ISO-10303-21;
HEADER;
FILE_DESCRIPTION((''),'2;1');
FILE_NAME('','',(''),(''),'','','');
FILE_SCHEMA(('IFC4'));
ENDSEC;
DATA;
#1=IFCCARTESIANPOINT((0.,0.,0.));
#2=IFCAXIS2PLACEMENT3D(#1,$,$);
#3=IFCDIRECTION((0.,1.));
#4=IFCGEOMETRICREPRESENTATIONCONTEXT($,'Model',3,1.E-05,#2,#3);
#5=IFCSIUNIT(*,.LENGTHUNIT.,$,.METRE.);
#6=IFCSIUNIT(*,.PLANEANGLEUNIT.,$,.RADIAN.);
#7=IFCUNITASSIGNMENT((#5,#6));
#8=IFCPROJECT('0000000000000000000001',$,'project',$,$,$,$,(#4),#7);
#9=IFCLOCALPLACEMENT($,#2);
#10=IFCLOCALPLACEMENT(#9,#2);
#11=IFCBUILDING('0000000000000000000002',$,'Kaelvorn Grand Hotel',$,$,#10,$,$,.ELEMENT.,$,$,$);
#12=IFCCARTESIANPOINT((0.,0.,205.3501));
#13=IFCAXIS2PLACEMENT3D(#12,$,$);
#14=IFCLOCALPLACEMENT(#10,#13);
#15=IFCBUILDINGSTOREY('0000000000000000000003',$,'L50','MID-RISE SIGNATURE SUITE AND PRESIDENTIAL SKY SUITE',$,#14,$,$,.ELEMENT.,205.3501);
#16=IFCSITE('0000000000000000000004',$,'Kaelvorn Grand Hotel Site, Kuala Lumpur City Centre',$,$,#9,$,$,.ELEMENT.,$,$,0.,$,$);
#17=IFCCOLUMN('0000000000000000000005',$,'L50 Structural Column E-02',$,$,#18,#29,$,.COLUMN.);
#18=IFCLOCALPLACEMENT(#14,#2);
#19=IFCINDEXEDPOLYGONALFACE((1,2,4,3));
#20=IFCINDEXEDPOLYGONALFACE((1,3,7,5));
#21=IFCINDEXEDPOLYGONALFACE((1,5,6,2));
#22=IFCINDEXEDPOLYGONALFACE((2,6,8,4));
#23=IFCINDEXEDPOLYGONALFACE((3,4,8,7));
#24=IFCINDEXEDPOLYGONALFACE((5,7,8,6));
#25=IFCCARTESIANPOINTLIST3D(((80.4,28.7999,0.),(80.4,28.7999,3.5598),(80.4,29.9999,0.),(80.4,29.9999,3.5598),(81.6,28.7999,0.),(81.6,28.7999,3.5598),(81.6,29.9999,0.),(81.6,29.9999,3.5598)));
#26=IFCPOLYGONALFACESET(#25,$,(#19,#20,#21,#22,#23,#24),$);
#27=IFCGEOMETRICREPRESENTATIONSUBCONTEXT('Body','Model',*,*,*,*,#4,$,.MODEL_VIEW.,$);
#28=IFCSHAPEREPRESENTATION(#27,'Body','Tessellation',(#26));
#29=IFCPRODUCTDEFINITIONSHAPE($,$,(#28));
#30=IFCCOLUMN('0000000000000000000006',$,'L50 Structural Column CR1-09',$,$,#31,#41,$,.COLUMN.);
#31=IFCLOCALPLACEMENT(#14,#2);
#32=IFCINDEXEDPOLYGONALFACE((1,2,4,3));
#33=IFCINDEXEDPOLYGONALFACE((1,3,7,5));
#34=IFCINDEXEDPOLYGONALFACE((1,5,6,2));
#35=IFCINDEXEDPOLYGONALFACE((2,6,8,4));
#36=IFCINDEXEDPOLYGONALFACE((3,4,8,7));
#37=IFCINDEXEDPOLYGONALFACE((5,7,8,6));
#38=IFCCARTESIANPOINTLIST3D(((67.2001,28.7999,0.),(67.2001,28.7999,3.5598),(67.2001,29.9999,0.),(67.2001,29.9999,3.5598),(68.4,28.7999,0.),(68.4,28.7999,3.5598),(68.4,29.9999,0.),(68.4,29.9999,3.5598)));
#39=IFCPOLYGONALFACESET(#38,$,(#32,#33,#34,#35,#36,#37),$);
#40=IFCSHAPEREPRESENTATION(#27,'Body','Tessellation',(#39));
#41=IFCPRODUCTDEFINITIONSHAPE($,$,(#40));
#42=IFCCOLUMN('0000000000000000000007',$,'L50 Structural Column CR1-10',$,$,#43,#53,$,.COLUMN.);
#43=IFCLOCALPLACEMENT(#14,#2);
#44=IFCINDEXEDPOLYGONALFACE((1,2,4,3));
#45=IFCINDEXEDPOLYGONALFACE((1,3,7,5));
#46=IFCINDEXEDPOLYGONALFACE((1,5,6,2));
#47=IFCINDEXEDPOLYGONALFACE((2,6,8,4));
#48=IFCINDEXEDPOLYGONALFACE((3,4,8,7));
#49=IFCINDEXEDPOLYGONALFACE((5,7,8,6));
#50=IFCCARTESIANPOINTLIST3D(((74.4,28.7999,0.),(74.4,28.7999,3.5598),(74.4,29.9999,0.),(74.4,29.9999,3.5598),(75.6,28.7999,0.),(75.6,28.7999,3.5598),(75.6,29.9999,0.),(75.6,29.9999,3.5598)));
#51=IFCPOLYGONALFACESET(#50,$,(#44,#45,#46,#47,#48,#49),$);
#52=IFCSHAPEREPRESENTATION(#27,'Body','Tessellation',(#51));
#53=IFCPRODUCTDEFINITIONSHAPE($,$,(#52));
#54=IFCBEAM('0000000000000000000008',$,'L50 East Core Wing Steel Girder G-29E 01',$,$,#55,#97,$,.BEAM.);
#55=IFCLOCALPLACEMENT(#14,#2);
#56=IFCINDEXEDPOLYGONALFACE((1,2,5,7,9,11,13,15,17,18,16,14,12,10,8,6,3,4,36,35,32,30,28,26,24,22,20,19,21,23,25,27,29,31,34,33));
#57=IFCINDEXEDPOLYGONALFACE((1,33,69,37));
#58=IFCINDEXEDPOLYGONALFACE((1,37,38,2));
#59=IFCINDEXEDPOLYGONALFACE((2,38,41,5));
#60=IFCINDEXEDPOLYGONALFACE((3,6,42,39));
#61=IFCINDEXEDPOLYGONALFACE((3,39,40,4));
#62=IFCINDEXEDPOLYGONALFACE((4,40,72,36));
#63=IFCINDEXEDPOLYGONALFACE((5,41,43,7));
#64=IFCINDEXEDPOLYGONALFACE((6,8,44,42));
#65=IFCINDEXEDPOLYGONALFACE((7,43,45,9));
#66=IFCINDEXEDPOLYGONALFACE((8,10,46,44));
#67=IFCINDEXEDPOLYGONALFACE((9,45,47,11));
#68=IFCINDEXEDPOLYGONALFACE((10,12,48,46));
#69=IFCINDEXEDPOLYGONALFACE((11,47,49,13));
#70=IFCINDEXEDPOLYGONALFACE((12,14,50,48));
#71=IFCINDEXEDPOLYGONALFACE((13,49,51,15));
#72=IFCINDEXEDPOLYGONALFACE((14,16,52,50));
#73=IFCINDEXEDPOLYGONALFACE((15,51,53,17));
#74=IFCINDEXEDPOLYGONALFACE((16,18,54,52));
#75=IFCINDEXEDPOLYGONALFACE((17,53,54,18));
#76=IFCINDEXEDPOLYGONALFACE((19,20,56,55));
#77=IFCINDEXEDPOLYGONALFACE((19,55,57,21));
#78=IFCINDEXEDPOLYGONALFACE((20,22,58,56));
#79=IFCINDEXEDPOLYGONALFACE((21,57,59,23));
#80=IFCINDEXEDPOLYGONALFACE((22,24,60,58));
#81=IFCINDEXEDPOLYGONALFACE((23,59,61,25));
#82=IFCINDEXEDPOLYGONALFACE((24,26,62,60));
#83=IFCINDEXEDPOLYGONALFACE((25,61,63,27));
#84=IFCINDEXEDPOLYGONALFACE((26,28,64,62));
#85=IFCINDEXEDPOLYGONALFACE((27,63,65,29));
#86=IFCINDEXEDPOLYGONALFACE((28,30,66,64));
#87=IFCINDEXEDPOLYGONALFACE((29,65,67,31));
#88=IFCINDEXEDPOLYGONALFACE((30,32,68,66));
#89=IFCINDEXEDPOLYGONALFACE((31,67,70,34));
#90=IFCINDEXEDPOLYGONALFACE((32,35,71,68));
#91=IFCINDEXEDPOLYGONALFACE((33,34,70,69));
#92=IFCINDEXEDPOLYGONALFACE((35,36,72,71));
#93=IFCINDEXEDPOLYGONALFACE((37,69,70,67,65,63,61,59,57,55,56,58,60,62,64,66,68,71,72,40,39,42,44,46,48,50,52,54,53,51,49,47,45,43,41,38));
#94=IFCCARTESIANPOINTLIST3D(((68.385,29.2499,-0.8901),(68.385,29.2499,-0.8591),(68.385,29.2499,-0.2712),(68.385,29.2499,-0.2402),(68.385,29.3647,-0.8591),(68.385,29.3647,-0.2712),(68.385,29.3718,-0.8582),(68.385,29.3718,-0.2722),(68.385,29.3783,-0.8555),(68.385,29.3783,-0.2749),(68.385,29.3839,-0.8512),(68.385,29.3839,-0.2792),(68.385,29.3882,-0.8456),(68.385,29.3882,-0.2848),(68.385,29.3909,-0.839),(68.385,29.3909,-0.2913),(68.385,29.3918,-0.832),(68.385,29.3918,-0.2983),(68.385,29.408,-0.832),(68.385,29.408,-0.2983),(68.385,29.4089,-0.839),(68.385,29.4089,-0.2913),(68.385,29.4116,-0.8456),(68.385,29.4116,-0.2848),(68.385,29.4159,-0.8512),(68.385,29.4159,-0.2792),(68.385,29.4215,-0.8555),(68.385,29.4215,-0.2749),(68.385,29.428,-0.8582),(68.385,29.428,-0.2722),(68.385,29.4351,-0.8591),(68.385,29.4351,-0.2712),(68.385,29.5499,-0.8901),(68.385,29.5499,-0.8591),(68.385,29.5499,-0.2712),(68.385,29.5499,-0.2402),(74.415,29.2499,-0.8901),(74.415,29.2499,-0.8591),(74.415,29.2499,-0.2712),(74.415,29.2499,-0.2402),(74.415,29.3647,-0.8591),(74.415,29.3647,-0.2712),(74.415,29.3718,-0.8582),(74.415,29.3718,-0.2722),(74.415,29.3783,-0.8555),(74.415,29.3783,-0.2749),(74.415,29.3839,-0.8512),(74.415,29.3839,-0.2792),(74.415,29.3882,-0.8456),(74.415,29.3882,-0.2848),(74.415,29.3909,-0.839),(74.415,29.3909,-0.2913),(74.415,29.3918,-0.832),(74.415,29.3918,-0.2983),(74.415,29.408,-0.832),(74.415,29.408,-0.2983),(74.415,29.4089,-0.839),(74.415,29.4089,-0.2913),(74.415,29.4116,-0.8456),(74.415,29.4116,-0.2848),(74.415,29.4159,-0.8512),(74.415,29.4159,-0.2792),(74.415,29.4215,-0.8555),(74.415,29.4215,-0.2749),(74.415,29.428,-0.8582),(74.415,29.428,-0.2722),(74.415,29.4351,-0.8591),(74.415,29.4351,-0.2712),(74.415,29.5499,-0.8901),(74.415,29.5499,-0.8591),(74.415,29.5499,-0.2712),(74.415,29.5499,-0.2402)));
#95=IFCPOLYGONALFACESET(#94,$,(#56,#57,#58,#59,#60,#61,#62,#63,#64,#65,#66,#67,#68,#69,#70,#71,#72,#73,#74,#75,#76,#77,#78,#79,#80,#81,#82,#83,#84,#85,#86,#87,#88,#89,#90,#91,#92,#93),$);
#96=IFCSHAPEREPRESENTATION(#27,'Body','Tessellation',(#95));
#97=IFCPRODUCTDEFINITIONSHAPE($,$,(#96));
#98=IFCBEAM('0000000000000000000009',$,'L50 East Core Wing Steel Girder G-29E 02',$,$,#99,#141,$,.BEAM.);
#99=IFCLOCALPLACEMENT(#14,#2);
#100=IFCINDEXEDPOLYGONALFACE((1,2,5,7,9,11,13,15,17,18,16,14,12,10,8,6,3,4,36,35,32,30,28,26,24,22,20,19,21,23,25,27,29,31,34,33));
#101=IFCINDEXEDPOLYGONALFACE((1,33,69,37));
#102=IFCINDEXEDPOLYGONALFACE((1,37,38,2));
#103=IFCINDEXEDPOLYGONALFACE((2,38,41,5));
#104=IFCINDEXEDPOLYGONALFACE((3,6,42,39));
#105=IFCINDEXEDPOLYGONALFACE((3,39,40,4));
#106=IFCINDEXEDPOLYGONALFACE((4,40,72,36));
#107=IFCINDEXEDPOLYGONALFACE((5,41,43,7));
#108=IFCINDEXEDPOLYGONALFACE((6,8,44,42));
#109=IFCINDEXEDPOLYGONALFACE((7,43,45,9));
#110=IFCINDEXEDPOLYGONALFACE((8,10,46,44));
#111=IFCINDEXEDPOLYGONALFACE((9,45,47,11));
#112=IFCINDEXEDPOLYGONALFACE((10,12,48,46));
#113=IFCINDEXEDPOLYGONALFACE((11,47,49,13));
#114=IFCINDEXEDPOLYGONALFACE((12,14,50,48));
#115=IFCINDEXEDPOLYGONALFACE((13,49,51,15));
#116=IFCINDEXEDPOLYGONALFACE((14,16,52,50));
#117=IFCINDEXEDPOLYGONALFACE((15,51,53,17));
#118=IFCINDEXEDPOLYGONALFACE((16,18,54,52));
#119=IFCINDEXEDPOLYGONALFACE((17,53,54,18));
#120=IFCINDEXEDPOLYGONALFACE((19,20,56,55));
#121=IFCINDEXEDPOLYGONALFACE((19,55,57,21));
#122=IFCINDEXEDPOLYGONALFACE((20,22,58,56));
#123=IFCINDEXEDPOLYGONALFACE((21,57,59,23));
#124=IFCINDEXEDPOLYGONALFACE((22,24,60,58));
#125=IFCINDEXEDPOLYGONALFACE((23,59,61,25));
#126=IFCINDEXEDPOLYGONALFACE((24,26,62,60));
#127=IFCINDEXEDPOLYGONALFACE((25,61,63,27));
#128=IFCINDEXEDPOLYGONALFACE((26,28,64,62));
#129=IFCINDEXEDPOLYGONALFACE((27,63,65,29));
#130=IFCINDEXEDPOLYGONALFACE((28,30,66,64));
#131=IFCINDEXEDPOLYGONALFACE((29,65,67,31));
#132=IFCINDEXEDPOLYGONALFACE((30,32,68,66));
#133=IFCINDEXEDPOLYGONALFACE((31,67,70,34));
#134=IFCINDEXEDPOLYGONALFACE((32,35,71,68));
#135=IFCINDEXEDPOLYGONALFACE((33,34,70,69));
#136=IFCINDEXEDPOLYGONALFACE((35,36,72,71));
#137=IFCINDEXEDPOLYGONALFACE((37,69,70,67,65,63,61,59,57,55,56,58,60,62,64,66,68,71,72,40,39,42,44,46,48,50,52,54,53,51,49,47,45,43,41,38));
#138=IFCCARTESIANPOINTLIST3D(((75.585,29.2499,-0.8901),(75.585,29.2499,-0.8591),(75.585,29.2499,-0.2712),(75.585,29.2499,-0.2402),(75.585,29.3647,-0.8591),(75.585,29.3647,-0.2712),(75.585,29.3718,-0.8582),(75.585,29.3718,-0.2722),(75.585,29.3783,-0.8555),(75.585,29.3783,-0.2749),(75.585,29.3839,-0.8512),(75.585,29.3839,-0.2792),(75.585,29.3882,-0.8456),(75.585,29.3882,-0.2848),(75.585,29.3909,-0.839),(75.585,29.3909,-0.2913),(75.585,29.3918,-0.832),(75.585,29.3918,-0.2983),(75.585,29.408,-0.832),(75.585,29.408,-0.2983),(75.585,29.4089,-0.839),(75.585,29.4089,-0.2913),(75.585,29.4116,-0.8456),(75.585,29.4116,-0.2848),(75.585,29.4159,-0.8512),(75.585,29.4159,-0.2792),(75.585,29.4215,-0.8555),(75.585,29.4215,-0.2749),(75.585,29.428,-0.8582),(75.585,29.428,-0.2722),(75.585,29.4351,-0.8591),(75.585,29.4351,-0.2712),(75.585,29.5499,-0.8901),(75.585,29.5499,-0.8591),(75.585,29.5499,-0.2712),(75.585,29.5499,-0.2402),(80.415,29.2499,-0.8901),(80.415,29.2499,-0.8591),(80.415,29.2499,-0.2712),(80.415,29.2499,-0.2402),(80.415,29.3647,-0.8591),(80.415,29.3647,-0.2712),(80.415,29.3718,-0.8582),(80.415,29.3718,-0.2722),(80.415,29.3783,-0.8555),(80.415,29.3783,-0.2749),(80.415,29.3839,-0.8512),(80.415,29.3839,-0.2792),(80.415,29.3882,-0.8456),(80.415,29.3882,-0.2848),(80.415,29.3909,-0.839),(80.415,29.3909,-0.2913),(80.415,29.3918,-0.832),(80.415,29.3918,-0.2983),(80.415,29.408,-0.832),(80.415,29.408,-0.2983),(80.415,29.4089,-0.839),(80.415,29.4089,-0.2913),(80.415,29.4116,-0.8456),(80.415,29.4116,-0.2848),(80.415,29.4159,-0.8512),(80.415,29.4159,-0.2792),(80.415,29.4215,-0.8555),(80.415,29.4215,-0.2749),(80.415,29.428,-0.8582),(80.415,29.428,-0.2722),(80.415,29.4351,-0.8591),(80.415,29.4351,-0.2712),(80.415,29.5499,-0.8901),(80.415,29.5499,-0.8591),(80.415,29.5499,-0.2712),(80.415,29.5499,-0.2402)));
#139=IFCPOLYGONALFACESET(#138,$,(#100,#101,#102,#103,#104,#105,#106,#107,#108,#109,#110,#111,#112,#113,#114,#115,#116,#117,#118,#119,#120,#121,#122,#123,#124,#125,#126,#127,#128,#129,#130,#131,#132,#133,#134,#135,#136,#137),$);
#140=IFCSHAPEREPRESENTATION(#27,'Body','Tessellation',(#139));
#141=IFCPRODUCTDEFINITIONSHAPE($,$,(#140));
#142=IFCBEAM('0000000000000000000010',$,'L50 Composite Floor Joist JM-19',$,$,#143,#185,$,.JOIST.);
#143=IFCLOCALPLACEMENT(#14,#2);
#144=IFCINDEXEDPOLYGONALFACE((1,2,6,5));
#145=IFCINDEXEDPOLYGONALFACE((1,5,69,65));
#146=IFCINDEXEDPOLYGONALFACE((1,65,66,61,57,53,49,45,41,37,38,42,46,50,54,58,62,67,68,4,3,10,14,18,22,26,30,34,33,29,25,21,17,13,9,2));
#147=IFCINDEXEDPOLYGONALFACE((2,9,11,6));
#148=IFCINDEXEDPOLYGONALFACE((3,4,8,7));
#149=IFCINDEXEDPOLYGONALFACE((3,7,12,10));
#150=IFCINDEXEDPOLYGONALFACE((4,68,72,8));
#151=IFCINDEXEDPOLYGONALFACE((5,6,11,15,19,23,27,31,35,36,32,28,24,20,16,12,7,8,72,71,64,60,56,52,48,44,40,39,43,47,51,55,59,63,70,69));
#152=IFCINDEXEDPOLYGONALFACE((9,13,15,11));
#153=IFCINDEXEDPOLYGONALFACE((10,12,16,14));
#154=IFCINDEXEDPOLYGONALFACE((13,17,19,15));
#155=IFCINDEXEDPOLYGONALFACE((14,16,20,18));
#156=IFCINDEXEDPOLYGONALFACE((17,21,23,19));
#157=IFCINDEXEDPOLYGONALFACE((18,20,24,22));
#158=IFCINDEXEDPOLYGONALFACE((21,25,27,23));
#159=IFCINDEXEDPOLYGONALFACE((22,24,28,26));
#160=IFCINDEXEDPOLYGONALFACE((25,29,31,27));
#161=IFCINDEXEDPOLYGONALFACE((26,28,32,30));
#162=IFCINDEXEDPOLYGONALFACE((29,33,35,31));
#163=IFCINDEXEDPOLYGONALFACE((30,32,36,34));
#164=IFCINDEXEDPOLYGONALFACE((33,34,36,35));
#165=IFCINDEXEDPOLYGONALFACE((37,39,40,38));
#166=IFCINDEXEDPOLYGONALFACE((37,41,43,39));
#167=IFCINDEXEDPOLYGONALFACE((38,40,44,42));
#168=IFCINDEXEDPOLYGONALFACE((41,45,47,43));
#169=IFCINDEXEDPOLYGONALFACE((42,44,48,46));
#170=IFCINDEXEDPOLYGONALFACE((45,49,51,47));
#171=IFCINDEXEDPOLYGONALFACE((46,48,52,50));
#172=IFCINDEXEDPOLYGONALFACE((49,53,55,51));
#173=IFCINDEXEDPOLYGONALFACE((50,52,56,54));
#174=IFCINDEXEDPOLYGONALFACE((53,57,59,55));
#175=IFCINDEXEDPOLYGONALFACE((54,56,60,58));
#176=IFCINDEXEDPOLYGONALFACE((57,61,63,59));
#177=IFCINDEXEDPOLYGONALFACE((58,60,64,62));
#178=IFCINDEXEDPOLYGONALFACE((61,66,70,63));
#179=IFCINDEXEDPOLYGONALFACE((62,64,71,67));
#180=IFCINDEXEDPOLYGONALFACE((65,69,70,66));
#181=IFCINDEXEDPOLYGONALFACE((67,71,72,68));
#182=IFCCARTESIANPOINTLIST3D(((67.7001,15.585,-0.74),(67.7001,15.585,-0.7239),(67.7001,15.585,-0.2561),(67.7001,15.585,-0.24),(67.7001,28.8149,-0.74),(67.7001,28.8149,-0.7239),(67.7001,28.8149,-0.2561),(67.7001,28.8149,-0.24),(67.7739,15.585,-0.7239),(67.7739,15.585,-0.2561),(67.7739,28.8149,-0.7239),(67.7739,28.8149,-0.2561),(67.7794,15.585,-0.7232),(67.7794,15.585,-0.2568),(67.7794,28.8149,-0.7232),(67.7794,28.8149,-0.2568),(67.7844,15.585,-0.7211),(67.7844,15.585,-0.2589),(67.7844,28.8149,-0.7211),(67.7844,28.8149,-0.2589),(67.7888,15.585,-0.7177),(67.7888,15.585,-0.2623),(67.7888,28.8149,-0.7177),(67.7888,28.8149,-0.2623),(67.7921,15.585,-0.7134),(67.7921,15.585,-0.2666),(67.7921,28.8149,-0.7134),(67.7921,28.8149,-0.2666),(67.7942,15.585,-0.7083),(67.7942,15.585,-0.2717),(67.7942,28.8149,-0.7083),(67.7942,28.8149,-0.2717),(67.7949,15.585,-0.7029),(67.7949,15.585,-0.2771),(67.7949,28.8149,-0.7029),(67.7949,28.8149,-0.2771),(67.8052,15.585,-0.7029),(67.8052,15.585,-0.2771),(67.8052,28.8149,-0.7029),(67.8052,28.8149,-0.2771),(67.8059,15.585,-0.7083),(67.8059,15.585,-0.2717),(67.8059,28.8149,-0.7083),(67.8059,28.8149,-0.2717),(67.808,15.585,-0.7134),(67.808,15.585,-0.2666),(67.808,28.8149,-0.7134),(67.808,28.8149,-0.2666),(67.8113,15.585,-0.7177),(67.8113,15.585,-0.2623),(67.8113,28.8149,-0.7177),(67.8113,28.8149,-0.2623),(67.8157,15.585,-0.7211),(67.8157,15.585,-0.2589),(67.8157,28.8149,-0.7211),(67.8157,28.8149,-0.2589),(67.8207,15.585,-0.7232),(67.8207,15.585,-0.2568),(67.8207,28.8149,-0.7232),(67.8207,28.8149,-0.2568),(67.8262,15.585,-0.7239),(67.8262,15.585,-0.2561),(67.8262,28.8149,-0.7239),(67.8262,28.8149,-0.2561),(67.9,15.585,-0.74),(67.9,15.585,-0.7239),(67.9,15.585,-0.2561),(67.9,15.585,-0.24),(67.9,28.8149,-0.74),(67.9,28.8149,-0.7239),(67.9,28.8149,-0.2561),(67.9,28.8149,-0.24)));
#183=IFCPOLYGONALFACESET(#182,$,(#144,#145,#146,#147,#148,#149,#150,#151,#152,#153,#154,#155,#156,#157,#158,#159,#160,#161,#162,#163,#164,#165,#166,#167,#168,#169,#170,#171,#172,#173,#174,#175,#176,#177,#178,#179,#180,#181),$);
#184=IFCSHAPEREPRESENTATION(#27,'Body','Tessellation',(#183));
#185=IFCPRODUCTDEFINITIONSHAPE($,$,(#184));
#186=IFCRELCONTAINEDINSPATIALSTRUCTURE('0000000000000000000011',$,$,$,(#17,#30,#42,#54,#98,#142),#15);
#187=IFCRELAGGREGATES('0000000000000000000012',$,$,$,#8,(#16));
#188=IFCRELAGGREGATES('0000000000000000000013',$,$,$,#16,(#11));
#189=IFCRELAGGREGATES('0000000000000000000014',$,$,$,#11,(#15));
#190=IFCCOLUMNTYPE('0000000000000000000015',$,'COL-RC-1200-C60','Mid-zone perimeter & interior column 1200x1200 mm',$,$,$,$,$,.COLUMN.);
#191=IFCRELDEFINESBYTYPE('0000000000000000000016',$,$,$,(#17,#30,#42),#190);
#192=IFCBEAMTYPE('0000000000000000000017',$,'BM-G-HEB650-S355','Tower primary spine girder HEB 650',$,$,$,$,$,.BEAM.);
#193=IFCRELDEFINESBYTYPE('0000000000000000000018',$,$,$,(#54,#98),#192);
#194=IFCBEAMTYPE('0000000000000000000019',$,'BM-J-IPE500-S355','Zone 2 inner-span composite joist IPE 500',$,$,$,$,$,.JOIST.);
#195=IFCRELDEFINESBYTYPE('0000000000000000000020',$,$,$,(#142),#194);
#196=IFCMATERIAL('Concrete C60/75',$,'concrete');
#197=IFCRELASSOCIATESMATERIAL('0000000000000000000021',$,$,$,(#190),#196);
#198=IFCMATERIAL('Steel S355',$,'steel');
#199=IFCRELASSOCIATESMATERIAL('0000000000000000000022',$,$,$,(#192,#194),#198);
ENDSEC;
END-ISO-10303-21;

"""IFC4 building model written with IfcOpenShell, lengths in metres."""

from ifc_helpers import new_model, si_unit, direction, frame, origin, origin_2d, place, context, subcontext, project, spatial, rectangle, i_section, extrude, material, material_profile, profile_set, type_object, element, save


model = new_model("IFC4")

# Units and contexts
model_context = context("Model", 3, precision=1e-05, world=origin(), true_north=direction((0.0, 1.0)))
body_context = subcontext(model_context, "Body", "Model", "MODEL_VIEW")
ifc_project = project(units=[si_unit("LENGTHUNIT", "METRE"), si_unit("PLANEANGLEUNIT", "RADIAN")], contexts=[model_context])

# Site, building, storey
site_placement = place(None, origin())
site = spatial("IfcSite", under=ifc_project, at=site_placement, Name="Kaelvorn Grand Hotel Site, Kuala Lumpur City Centre", CompositionType="ELEMENT", RefElevation=0.0)
building_placement = place(site_placement, origin())
building = spatial("IfcBuilding", under=site, at=building_placement, Name="Kaelvorn Grand Hotel", CompositionType="ELEMENT")
storey_placement = place(building_placement, frame((0.0, 0.0, 205.3501)))
storey = spatial("IfcBuildingStorey", under=building, at=storey_placement, Name="L50", Description="MID-RISE SIGNATURE SUITE AND PRESIDENTIAL SKY SUITE", CompositionType="ELEMENT", Elevation=205.3501)

# Columns
ifc_material_1 = material(Name="Concrete C60/75", Category="concrete")
ifc_material_profile_1 = material_profile(ifc_material_1, rectangle(XDim=1.2, YDim=1.2, at=origin_2d()), Name="RC COL 1200x1200")
ifc_profile_set_1 = profile_set([ifc_material_profile_1], Name="Concrete C60/75")
column_type = type_object("IfcColumnType", Name="COL-RC-1200-C60", Description="Mid-zone perimeter & interior column 1200x1200 mm", PredefinedType="COLUMN", material=ifc_profile_set_1)
for number, where, z_axis, x_axis, name in (
    (1, (81.0, 29.3999, 0.0), (0.0, 0.0, 1.0), (1.0, 0.0, 0.0), "L50 Structural Column E-02"),
    (2, (67.8, 29.3999, 0.0), (0.0, 0.0, 1.0), (1.0, 0.0, 0.0), "L50 Structural Column CR1-09"),
    (3, (75.0, 29.3999, 0.0), (0.0, 0.0, 1.0), (1.0, 0.0, 0.0), "L50 Structural Column CR1-10"),
):
    element("IfcColumn", number, at=place(storey_placement, frame(where, z_axis=z_axis, x_axis=x_axis)), inside=storey, type_object=column_type, Name=name, PredefinedType="COLUMN", context=body_context, shape_type="SweptSolid", body=[
        extrude(rectangle(XDim=1.2, YDim=1.2, at=origin_2d()), origin(), (0.0, 0.0, 1.0), 3.5598),
    ])

# Beams
ifc_material_2 = material(Name="Steel S355", Category="steel")
ifc_material_profile_2 = material_profile(ifc_material_2, i_section(OverallWidth=0.3, OverallDepth=0.6499, WebThickness=0.0161, FlangeThickness=0.031, FilletRadius=0.0271, at=origin_2d()), Name="HEB 650")
ifc_profile_set_2 = profile_set([ifc_material_profile_2], Name="Steel S355")
beam_type_1 = type_object("IfcBeamType", Name="BM-G-HEB650-S355", Description="Tower primary spine girder HEB 650", PredefinedType="BEAM", material=ifc_profile_set_2)
beam_1_placement = place(storey_placement, frame((68.385, 29.3999, -0.5652), z_axis=(1.0, 0.0, 0.0), x_axis=(0.0, 1.0, 0.0)))
element("IfcBeam", 4, at=beam_1_placement, inside=storey, type_object=beam_type_1, Name="L50 East Core Wing Steel Girder G-29E 01", PredefinedType="BEAM", context=body_context, shape_type="SweptSolid", body=[
    extrude(i_section(OverallWidth=0.3, OverallDepth=0.6499, WebThickness=0.0161, FlangeThickness=0.031, FilletRadius=0.0271, at=origin_2d()), origin(), (0.0, 0.0, 1.0), 6.03),
])
beam_2_placement = place(storey_placement, frame((75.585, 29.3999, -0.5652), z_axis=(1.0, 0.0, 0.0), x_axis=(0.0, 1.0, 0.0)))
element("IfcBeam", 5, at=beam_2_placement, inside=storey, type_object=beam_type_1, Name="L50 East Core Wing Steel Girder G-29E 02", PredefinedType="BEAM", context=body_context, shape_type="SweptSolid", body=[
    extrude(i_section(OverallWidth=0.3, OverallDepth=0.6499, WebThickness=0.0161, FlangeThickness=0.031, FilletRadius=0.0271, at=origin_2d()), origin(), (0.0, 0.0, 1.0), 4.8301),
])
ifc_material_profile_3 = material_profile(ifc_material_2, i_section(OverallWidth=0.2, OverallDepth=0.5, WebThickness=0.0103, FlangeThickness=0.0161, FilletRadius=0.021, at=origin_2d()), Name="IPE 500")
ifc_profile_set_3 = profile_set([ifc_material_profile_3], Name="Steel S355")
beam_type_2 = type_object("IfcBeamType", Name="BM-J-IPE500-S355", Description="Zone 2 inner-span composite joist IPE 500", PredefinedType="JOIST", material=ifc_profile_set_3)
beam_3_placement = place(storey_placement, frame((67.8, 15.585, -0.49), z_axis=(0.0, 1.0, 0.0), x_axis=(-1.0, 0.0, 0.0)))
element("IfcBeam", 6, at=beam_3_placement, inside=storey, type_object=beam_type_2, Name="L50 Composite Floor Joist JM-19", PredefinedType="JOIST", context=body_context, shape_type="SweptSolid", body=[
    extrude(i_section(OverallWidth=0.2, OverallDepth=0.5, WebThickness=0.0103, FlangeThickness=0.0161, FilletRadius=0.021, at=origin_2d()), origin(), (0.0, 0.0, 1.0), 13.23),
])

save(model, "model.ifc")
